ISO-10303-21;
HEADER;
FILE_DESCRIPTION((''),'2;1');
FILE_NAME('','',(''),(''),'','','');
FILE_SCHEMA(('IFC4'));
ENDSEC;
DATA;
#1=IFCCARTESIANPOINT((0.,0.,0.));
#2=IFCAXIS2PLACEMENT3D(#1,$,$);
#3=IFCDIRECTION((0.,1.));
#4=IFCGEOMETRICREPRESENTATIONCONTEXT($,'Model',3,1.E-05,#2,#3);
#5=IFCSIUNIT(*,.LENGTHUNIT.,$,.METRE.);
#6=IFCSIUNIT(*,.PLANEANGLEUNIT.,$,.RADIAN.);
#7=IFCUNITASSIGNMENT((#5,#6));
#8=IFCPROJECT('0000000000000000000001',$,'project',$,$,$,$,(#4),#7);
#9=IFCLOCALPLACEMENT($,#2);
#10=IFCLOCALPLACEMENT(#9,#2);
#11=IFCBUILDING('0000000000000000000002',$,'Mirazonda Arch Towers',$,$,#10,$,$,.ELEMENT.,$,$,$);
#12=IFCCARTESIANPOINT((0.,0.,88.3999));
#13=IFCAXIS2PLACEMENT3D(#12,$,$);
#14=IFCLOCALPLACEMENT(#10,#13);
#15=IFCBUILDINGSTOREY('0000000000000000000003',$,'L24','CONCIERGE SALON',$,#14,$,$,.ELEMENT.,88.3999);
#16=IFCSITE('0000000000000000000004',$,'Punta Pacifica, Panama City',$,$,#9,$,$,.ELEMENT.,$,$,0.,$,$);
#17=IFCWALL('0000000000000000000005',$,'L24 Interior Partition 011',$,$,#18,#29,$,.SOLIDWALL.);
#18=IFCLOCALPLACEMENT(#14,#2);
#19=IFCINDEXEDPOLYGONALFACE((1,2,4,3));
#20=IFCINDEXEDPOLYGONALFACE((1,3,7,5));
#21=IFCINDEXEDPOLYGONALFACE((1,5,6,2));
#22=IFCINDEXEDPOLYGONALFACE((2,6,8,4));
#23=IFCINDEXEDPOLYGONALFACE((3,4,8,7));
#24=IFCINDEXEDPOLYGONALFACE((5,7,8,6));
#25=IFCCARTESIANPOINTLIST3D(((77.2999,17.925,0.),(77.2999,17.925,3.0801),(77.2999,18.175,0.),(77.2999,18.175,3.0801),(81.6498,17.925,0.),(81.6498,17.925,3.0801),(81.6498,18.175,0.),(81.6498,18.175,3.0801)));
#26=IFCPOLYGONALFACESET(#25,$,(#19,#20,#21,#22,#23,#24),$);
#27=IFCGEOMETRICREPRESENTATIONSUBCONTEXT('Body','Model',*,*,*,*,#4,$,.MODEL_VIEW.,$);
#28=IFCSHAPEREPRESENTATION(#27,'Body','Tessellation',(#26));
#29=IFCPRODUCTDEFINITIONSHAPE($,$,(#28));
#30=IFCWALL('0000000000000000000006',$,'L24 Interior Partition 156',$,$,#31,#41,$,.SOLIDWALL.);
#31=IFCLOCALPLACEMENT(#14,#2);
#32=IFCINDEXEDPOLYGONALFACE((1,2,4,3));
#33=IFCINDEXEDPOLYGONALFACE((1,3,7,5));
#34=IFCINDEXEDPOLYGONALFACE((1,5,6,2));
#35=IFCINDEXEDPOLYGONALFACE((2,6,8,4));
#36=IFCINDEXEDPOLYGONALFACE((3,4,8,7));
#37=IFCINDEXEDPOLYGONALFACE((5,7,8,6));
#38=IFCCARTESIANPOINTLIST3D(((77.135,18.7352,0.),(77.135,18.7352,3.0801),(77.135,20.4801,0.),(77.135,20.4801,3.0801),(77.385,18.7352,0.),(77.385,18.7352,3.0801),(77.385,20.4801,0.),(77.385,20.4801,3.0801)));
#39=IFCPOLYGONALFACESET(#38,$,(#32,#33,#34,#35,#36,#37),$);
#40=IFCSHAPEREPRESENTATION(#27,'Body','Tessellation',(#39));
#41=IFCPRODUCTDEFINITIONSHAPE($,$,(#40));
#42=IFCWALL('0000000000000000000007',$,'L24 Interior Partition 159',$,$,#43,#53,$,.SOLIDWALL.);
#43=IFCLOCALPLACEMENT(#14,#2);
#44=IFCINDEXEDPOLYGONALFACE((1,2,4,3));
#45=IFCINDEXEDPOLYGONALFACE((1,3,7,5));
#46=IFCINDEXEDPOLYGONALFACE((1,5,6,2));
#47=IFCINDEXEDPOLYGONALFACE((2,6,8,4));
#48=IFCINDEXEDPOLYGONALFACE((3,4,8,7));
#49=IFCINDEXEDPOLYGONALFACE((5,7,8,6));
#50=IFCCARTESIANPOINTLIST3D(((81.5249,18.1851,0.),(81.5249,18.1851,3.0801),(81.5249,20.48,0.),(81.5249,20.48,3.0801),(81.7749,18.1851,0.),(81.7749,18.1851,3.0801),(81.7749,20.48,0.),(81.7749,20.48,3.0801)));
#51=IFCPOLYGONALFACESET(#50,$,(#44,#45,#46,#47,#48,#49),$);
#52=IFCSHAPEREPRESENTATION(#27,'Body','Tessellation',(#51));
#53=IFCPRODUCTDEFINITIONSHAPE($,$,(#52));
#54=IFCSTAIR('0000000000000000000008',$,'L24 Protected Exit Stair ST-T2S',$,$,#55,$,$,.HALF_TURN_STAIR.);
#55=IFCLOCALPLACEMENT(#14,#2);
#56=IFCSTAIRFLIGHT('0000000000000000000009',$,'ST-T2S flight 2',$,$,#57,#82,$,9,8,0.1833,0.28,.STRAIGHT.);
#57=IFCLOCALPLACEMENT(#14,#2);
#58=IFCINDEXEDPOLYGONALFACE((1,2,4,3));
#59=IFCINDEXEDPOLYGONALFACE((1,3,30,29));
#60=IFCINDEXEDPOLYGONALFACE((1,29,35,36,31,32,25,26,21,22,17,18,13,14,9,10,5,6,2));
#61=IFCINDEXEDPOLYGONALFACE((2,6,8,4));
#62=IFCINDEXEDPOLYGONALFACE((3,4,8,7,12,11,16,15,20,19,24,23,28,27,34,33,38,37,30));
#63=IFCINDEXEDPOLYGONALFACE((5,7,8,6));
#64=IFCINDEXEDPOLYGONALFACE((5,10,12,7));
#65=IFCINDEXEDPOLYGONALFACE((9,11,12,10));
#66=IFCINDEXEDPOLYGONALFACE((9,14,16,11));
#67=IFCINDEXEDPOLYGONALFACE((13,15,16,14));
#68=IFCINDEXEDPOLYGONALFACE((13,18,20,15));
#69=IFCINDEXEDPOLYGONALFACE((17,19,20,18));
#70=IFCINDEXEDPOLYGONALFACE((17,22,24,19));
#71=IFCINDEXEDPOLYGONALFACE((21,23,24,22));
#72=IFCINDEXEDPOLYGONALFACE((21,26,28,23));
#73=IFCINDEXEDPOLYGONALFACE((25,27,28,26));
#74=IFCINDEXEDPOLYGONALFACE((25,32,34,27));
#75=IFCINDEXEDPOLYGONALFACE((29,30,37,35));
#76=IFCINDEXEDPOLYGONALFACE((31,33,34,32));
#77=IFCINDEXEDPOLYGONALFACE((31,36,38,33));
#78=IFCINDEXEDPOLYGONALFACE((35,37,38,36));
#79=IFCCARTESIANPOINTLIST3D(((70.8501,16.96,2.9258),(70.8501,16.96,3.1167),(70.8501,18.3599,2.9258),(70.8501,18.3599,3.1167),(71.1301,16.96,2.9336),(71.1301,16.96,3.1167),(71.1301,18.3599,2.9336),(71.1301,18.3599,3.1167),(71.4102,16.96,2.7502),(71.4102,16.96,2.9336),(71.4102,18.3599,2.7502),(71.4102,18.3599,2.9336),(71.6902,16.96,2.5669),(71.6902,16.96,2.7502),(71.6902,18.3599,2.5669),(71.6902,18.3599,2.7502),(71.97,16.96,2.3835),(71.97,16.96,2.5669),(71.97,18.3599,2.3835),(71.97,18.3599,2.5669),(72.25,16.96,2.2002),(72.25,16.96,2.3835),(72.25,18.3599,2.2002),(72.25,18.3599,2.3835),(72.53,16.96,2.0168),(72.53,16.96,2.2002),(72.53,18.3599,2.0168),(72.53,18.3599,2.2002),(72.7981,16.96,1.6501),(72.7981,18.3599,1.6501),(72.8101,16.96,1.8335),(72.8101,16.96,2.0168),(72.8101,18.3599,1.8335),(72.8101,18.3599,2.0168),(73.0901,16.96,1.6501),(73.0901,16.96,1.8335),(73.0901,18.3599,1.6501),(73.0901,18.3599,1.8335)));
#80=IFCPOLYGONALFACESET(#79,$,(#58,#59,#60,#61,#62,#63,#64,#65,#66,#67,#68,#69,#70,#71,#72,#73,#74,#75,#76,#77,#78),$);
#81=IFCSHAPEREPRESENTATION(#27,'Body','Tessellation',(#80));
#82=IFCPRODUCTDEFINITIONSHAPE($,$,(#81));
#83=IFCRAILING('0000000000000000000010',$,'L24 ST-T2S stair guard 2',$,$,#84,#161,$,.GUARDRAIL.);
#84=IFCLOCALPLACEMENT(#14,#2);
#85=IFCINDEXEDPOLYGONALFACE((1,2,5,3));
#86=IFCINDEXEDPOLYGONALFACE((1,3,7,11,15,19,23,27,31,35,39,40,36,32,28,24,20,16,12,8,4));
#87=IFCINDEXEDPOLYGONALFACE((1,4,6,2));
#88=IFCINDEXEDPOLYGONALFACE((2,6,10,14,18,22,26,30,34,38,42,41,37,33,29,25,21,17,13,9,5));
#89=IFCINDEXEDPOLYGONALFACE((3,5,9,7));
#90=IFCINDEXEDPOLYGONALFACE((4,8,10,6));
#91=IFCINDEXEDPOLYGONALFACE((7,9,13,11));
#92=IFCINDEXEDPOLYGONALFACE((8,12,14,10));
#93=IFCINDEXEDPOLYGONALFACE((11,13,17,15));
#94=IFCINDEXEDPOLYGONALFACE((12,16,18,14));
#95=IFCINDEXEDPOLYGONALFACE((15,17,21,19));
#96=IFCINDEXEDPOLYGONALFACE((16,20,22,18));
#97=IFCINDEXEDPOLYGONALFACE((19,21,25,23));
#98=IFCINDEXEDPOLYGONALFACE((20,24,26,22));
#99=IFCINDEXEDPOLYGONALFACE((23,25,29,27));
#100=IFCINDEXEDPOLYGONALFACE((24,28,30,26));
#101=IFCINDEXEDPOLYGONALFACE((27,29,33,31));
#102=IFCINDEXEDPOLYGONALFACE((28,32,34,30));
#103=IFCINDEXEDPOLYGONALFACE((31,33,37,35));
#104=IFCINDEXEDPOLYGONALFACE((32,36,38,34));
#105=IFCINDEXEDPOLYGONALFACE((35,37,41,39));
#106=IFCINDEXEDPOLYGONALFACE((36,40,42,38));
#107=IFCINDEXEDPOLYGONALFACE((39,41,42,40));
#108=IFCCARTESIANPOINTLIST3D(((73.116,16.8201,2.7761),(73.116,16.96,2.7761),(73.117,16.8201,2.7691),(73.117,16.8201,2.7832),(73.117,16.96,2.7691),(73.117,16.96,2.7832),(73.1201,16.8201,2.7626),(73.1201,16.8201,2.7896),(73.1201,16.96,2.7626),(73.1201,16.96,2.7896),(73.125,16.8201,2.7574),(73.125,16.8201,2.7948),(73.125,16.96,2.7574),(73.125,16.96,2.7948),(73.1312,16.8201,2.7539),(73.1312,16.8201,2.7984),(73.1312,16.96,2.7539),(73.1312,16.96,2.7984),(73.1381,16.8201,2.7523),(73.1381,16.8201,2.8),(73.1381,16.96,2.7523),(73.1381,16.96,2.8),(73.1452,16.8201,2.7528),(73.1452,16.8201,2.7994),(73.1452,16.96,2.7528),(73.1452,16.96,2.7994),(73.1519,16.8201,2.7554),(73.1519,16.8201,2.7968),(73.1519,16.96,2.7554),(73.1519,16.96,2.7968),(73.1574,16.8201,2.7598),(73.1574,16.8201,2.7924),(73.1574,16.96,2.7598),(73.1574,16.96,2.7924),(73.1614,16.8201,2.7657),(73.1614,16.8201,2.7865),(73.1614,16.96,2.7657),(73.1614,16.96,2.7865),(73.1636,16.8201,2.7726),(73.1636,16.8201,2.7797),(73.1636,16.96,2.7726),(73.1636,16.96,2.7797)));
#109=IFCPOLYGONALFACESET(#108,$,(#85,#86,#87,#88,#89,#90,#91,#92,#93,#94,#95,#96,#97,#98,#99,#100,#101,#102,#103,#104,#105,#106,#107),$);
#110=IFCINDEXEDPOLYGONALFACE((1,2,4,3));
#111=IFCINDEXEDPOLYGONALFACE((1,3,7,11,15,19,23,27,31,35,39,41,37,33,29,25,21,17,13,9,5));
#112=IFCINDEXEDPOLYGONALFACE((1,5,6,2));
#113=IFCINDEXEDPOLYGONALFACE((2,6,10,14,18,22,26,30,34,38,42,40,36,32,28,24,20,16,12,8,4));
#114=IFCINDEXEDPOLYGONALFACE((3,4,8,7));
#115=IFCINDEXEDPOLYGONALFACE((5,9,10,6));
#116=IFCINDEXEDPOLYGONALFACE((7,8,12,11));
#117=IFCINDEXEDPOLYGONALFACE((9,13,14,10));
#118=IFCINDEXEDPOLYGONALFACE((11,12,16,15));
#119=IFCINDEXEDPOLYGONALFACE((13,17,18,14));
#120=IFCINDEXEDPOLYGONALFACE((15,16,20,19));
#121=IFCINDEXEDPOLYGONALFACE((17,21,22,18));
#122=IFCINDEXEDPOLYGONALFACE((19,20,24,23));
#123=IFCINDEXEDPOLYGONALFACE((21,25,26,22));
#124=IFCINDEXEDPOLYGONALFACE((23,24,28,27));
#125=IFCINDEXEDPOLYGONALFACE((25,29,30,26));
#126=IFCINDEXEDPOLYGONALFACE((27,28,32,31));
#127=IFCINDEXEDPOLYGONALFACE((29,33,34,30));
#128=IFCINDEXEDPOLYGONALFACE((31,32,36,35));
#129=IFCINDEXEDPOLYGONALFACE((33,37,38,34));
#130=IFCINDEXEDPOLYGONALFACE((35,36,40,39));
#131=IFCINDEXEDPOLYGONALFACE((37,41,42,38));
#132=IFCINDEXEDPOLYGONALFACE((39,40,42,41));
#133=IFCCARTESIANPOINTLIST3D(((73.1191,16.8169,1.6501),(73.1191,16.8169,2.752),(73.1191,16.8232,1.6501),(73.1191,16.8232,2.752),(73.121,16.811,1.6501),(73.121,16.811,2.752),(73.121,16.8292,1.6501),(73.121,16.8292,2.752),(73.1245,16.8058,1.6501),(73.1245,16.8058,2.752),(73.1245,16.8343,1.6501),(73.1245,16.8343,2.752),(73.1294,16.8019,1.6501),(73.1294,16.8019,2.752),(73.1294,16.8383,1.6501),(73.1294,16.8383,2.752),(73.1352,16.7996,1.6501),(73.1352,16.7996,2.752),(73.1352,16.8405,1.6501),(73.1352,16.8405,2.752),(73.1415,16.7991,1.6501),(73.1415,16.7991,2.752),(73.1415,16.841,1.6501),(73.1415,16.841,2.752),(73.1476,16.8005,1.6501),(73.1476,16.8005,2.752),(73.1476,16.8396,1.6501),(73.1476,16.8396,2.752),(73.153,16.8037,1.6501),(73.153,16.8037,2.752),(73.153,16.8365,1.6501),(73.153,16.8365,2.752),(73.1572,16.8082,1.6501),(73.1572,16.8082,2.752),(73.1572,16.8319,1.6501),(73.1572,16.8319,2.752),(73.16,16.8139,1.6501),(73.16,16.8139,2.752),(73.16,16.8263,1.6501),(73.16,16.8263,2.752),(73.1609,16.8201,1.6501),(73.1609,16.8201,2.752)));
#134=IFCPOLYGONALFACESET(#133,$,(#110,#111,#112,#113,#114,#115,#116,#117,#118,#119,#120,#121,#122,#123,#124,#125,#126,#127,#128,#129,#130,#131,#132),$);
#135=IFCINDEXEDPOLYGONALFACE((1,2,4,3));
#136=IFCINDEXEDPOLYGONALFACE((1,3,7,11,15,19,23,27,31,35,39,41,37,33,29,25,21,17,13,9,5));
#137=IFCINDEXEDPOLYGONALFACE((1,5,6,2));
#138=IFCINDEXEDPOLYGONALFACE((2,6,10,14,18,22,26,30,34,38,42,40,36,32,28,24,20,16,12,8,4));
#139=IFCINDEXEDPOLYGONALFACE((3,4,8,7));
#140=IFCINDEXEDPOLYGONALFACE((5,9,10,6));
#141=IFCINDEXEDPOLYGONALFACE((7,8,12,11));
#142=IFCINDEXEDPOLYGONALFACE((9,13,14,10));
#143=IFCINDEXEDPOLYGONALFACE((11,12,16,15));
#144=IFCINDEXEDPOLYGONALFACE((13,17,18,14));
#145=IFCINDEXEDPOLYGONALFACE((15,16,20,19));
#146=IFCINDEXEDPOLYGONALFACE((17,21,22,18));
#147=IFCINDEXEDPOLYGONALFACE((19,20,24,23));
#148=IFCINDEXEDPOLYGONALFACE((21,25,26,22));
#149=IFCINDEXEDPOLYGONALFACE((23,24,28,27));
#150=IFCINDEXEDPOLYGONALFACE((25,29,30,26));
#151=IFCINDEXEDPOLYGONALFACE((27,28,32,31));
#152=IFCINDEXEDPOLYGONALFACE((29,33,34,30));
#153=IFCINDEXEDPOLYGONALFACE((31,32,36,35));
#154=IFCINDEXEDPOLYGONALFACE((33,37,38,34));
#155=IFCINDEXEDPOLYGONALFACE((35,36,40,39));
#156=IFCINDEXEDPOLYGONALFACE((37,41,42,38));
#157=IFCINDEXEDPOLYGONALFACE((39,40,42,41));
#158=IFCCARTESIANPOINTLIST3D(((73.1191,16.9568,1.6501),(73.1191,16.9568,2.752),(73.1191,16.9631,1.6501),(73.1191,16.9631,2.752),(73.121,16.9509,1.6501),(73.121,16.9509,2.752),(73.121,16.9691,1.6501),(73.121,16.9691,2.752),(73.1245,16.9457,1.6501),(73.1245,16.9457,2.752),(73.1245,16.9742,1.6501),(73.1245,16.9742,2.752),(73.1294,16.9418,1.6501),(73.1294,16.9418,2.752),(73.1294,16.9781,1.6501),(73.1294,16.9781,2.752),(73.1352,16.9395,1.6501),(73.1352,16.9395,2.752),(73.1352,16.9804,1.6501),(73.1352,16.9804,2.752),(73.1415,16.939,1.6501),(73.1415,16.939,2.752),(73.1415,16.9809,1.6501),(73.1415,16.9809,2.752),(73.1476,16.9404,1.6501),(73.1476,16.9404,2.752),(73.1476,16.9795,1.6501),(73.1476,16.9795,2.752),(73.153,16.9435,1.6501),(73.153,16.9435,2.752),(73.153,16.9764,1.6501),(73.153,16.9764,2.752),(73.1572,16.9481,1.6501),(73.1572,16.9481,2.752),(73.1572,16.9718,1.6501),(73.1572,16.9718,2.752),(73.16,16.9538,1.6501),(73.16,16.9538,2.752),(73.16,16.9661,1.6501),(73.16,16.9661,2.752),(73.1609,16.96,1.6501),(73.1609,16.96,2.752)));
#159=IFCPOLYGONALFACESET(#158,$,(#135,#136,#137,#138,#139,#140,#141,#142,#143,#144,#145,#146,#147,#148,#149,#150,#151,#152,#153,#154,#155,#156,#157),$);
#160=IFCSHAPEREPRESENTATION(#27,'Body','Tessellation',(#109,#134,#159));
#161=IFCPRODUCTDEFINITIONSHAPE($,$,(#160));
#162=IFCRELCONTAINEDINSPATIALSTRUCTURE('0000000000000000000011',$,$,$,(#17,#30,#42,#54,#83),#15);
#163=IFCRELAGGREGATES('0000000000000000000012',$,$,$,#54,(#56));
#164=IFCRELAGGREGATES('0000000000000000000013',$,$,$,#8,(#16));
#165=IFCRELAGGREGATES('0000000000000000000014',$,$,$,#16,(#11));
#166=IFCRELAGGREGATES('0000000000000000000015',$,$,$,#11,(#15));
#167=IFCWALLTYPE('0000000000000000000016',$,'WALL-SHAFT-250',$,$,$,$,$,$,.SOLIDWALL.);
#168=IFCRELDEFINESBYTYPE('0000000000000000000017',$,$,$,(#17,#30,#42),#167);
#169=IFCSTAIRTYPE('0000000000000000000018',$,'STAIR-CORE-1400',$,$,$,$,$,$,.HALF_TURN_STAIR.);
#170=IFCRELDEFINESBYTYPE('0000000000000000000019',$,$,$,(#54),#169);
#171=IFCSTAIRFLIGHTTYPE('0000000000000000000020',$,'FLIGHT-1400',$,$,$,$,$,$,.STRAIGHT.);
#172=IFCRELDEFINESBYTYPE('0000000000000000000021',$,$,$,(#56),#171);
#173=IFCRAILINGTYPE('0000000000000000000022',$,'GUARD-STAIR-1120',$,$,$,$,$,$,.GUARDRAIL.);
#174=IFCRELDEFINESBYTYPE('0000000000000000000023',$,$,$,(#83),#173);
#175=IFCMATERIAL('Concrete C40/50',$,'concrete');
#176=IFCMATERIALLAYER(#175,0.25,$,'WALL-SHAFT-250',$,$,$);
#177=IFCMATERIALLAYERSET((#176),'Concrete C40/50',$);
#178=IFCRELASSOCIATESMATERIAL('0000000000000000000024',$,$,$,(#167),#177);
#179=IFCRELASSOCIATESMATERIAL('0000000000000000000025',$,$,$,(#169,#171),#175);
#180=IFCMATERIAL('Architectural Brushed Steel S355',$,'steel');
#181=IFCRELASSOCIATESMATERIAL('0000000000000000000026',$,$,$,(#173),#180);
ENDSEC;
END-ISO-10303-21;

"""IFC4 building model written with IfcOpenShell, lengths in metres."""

from ifc_helpers import new_model, si_unit, direction, frame, frame_2d, origin, origin_2d, place, context, subcontext, project, spatial, polyline, rectangle, circle, outline, extrude, material, layer, layer_set, type_object, element, aggregate, save


model = new_model("IFC4")

# Units and contexts
model_context = context("Model", 3, precision=1e-05, world=origin(), true_north=direction((0.0, 1.0)))
body_context = subcontext(model_context, "Body", "Model", "MODEL_VIEW")
ifc_project = project(units=[si_unit("LENGTHUNIT", "METRE"), si_unit("PLANEANGLEUNIT", "RADIAN")], contexts=[model_context])

# Site, building, storey
site_placement = place(None, origin())
site = spatial("IfcSite", under=ifc_project, at=site_placement, Name="Punta Pacifica, Panama City", CompositionType="ELEMENT", RefElevation=0.0)
building_placement = place(site_placement, origin())
building = spatial("IfcBuilding", under=site, at=building_placement, Name="Mirazonda Arch Towers", CompositionType="ELEMENT")
storey_placement = place(building_placement, frame((0.0, 0.0, 88.3999)))
storey = spatial("IfcBuildingStorey", under=building, at=storey_placement, Name="L24", Description="CONCIERGE SALON", CompositionType="ELEMENT", Elevation=88.3999)

# Walls
ifc_material_1 = material(Name="Concrete C40/50", Category="concrete")
ifc_layer_1 = layer(ifc_material_1, 0.25, Name="WALL-SHAFT-250")
ifc_layer_set_1 = layer_set([ifc_layer_1], Name="Concrete C40/50")
wall_type_1 = type_object("IfcWallType", Name="WALL-SHAFT-250", PredefinedType="SOLIDWALL", material=ifc_layer_set_1)
wall_1_placement = place(storey_placement, frame((77.3, 18.05, 0.0), z_axis=(0.0, 0.0, 1.0), x_axis=(1.0, 0.0, 0.0)))
element("IfcWall", 1, at=wall_1_placement, inside=storey, type_object=wall_type_1, Name="L24 Interior Partition 011", PredefinedType="SOLIDWALL", context=body_context, shape_type="SweptSolid", body=[
    extrude(rectangle(XDim=4.3499, YDim=0.25, at=frame_2d((2.1748, 0.0))), origin(), (0.0, 0.0, 1.0), 3.0801),
])
wall_2_placement = place(storey_placement, frame((77.26, 18.7351, 0.0), z_axis=(0.0, 0.0, 1.0), x_axis=(0.0, 1.0, 0.0)))
element("IfcWall", 2, at=wall_2_placement, inside=storey, type_object=wall_type_1, Name="L24 Interior Partition 156", PredefinedType="SOLIDWALL", context=body_context, shape_type="SweptSolid", body=[
    extrude(rectangle(XDim=1.7449, YDim=0.25, at=frame_2d((0.8726, 0.0))), origin(), (0.0, 0.0, 1.0), 3.0801),
])
wall_3_placement = place(storey_placement, frame((81.6499, 18.1851, 0.0), z_axis=(0.0, 0.0, 1.0), x_axis=(0.0, 1.0, 0.0)))
element("IfcWall", 3, at=wall_3_placement, inside=storey, type_object=wall_type_1, Name="L24 Interior Partition 159", PredefinedType="SOLIDWALL", context=body_context, shape_type="SweptSolid", body=[
    extrude(rectangle(XDim=2.2949, YDim=0.25, at=frame_2d((1.1475, 0.0))), origin(), (0.0, 0.0, 1.0), 3.0801),
])

# Stair, stair flight
stair_type = type_object("IfcStairType", Name="STAIR-CORE-1400", PredefinedType="HALF_TURN_STAIR", material=ifc_material_1)
stair_placement = place(storey_placement, origin())
stair = element("IfcStair", 4, at=stair_placement, inside=storey, type_object=stair_type, Name="L24 Protected Exit Stair ST-T2S", PredefinedType="HALF_TURN_STAIR")
stair_flight_type = type_object("IfcStairFlightType", Name="FLIGHT-1400", PredefinedType="STRAIGHT", material=ifc_material_1)
stair_flight_placement = place(storey_placement, frame((73.0901, 17.6599, 1.6501), z_axis=(0.0, 0.0, 1.0), x_axis=(-1.0, 0.0, 0.0)))
stair_flight = element("IfcStairFlight", 5, at=stair_flight_placement, type_object=stair_flight_type, Name="ST-T2S flight 2", NumberOfRisers=9, NumberOfTreads=8, PredefinedType="STRAIGHT", RiserHeight=0.1833, TreadLength=0.28, context=body_context, shape_type="SweptSolid", body=[
    extrude(outline(polyline([(0.0, 0.0), (0.0, 0.1833), (0.28, 0.1833), (0.28, 0.3667), (0.5601, 0.3667), (0.5601, 0.55), (0.8401, 0.55), (0.8401, 0.7334), (1.1201, 0.7334), (1.1201, 0.9167), (1.3999, 0.9167), (1.3999, 1.1001), (1.6799, 1.1001), (1.6799, 1.2834), (1.96, 1.2834), (1.96, 1.4666), (2.24, 1.4666), (2.24, 1.6499), (2.24, 1.2756), (0.292, 0.0), (0.0, 0.0)])), frame((0.0, 0.7, 0.0), z_axis=(0.0, -1.0, 0.0), x_axis=(1.0, 0.0, 0.0)), (0.0, 0.0, 1.0), 1.3999),
])
aggregate(stair, [stair_flight])

# Railing
ifc_material_2 = material(Name="Architectural Brushed Steel S355", Category="steel")
railing_type_1 = type_object("IfcRailingType", Name="GUARD-STAIR-1120", PredefinedType="GUARDRAIL", material=ifc_material_2)
railing_1_placement = place(storey_placement, frame((73.1399, 16.8201, 1.6501)))
element("IfcRailing", 6, at=railing_1_placement, inside=storey, type_object=railing_type_1, Name="L24 ST-T2S stair guard 2", PredefinedType="GUARDRAIL", context=body_context, shape_type="SweptSolid", body=[
    extrude(circle(Radius=0.0239, at=origin_2d()), frame((0.0, 0.0, 1.126), z_axis=(0.0, 1.0, 0.0), x_axis=(-1.0, 0.0, 0.0)), (0.0, 0.0, 1.0), 0.1399),
    extrude(circle(Radius=0.021, at=origin_2d()), origin(), (0.0, 0.0, 1.0), 1.1018),
    extrude(circle(Radius=0.021, at=origin_2d()), frame((0.0, 0.1399, 0.0)), (0.0, 0.0, 1.0), 1.1018),
])

save(model, "model.ifc")
